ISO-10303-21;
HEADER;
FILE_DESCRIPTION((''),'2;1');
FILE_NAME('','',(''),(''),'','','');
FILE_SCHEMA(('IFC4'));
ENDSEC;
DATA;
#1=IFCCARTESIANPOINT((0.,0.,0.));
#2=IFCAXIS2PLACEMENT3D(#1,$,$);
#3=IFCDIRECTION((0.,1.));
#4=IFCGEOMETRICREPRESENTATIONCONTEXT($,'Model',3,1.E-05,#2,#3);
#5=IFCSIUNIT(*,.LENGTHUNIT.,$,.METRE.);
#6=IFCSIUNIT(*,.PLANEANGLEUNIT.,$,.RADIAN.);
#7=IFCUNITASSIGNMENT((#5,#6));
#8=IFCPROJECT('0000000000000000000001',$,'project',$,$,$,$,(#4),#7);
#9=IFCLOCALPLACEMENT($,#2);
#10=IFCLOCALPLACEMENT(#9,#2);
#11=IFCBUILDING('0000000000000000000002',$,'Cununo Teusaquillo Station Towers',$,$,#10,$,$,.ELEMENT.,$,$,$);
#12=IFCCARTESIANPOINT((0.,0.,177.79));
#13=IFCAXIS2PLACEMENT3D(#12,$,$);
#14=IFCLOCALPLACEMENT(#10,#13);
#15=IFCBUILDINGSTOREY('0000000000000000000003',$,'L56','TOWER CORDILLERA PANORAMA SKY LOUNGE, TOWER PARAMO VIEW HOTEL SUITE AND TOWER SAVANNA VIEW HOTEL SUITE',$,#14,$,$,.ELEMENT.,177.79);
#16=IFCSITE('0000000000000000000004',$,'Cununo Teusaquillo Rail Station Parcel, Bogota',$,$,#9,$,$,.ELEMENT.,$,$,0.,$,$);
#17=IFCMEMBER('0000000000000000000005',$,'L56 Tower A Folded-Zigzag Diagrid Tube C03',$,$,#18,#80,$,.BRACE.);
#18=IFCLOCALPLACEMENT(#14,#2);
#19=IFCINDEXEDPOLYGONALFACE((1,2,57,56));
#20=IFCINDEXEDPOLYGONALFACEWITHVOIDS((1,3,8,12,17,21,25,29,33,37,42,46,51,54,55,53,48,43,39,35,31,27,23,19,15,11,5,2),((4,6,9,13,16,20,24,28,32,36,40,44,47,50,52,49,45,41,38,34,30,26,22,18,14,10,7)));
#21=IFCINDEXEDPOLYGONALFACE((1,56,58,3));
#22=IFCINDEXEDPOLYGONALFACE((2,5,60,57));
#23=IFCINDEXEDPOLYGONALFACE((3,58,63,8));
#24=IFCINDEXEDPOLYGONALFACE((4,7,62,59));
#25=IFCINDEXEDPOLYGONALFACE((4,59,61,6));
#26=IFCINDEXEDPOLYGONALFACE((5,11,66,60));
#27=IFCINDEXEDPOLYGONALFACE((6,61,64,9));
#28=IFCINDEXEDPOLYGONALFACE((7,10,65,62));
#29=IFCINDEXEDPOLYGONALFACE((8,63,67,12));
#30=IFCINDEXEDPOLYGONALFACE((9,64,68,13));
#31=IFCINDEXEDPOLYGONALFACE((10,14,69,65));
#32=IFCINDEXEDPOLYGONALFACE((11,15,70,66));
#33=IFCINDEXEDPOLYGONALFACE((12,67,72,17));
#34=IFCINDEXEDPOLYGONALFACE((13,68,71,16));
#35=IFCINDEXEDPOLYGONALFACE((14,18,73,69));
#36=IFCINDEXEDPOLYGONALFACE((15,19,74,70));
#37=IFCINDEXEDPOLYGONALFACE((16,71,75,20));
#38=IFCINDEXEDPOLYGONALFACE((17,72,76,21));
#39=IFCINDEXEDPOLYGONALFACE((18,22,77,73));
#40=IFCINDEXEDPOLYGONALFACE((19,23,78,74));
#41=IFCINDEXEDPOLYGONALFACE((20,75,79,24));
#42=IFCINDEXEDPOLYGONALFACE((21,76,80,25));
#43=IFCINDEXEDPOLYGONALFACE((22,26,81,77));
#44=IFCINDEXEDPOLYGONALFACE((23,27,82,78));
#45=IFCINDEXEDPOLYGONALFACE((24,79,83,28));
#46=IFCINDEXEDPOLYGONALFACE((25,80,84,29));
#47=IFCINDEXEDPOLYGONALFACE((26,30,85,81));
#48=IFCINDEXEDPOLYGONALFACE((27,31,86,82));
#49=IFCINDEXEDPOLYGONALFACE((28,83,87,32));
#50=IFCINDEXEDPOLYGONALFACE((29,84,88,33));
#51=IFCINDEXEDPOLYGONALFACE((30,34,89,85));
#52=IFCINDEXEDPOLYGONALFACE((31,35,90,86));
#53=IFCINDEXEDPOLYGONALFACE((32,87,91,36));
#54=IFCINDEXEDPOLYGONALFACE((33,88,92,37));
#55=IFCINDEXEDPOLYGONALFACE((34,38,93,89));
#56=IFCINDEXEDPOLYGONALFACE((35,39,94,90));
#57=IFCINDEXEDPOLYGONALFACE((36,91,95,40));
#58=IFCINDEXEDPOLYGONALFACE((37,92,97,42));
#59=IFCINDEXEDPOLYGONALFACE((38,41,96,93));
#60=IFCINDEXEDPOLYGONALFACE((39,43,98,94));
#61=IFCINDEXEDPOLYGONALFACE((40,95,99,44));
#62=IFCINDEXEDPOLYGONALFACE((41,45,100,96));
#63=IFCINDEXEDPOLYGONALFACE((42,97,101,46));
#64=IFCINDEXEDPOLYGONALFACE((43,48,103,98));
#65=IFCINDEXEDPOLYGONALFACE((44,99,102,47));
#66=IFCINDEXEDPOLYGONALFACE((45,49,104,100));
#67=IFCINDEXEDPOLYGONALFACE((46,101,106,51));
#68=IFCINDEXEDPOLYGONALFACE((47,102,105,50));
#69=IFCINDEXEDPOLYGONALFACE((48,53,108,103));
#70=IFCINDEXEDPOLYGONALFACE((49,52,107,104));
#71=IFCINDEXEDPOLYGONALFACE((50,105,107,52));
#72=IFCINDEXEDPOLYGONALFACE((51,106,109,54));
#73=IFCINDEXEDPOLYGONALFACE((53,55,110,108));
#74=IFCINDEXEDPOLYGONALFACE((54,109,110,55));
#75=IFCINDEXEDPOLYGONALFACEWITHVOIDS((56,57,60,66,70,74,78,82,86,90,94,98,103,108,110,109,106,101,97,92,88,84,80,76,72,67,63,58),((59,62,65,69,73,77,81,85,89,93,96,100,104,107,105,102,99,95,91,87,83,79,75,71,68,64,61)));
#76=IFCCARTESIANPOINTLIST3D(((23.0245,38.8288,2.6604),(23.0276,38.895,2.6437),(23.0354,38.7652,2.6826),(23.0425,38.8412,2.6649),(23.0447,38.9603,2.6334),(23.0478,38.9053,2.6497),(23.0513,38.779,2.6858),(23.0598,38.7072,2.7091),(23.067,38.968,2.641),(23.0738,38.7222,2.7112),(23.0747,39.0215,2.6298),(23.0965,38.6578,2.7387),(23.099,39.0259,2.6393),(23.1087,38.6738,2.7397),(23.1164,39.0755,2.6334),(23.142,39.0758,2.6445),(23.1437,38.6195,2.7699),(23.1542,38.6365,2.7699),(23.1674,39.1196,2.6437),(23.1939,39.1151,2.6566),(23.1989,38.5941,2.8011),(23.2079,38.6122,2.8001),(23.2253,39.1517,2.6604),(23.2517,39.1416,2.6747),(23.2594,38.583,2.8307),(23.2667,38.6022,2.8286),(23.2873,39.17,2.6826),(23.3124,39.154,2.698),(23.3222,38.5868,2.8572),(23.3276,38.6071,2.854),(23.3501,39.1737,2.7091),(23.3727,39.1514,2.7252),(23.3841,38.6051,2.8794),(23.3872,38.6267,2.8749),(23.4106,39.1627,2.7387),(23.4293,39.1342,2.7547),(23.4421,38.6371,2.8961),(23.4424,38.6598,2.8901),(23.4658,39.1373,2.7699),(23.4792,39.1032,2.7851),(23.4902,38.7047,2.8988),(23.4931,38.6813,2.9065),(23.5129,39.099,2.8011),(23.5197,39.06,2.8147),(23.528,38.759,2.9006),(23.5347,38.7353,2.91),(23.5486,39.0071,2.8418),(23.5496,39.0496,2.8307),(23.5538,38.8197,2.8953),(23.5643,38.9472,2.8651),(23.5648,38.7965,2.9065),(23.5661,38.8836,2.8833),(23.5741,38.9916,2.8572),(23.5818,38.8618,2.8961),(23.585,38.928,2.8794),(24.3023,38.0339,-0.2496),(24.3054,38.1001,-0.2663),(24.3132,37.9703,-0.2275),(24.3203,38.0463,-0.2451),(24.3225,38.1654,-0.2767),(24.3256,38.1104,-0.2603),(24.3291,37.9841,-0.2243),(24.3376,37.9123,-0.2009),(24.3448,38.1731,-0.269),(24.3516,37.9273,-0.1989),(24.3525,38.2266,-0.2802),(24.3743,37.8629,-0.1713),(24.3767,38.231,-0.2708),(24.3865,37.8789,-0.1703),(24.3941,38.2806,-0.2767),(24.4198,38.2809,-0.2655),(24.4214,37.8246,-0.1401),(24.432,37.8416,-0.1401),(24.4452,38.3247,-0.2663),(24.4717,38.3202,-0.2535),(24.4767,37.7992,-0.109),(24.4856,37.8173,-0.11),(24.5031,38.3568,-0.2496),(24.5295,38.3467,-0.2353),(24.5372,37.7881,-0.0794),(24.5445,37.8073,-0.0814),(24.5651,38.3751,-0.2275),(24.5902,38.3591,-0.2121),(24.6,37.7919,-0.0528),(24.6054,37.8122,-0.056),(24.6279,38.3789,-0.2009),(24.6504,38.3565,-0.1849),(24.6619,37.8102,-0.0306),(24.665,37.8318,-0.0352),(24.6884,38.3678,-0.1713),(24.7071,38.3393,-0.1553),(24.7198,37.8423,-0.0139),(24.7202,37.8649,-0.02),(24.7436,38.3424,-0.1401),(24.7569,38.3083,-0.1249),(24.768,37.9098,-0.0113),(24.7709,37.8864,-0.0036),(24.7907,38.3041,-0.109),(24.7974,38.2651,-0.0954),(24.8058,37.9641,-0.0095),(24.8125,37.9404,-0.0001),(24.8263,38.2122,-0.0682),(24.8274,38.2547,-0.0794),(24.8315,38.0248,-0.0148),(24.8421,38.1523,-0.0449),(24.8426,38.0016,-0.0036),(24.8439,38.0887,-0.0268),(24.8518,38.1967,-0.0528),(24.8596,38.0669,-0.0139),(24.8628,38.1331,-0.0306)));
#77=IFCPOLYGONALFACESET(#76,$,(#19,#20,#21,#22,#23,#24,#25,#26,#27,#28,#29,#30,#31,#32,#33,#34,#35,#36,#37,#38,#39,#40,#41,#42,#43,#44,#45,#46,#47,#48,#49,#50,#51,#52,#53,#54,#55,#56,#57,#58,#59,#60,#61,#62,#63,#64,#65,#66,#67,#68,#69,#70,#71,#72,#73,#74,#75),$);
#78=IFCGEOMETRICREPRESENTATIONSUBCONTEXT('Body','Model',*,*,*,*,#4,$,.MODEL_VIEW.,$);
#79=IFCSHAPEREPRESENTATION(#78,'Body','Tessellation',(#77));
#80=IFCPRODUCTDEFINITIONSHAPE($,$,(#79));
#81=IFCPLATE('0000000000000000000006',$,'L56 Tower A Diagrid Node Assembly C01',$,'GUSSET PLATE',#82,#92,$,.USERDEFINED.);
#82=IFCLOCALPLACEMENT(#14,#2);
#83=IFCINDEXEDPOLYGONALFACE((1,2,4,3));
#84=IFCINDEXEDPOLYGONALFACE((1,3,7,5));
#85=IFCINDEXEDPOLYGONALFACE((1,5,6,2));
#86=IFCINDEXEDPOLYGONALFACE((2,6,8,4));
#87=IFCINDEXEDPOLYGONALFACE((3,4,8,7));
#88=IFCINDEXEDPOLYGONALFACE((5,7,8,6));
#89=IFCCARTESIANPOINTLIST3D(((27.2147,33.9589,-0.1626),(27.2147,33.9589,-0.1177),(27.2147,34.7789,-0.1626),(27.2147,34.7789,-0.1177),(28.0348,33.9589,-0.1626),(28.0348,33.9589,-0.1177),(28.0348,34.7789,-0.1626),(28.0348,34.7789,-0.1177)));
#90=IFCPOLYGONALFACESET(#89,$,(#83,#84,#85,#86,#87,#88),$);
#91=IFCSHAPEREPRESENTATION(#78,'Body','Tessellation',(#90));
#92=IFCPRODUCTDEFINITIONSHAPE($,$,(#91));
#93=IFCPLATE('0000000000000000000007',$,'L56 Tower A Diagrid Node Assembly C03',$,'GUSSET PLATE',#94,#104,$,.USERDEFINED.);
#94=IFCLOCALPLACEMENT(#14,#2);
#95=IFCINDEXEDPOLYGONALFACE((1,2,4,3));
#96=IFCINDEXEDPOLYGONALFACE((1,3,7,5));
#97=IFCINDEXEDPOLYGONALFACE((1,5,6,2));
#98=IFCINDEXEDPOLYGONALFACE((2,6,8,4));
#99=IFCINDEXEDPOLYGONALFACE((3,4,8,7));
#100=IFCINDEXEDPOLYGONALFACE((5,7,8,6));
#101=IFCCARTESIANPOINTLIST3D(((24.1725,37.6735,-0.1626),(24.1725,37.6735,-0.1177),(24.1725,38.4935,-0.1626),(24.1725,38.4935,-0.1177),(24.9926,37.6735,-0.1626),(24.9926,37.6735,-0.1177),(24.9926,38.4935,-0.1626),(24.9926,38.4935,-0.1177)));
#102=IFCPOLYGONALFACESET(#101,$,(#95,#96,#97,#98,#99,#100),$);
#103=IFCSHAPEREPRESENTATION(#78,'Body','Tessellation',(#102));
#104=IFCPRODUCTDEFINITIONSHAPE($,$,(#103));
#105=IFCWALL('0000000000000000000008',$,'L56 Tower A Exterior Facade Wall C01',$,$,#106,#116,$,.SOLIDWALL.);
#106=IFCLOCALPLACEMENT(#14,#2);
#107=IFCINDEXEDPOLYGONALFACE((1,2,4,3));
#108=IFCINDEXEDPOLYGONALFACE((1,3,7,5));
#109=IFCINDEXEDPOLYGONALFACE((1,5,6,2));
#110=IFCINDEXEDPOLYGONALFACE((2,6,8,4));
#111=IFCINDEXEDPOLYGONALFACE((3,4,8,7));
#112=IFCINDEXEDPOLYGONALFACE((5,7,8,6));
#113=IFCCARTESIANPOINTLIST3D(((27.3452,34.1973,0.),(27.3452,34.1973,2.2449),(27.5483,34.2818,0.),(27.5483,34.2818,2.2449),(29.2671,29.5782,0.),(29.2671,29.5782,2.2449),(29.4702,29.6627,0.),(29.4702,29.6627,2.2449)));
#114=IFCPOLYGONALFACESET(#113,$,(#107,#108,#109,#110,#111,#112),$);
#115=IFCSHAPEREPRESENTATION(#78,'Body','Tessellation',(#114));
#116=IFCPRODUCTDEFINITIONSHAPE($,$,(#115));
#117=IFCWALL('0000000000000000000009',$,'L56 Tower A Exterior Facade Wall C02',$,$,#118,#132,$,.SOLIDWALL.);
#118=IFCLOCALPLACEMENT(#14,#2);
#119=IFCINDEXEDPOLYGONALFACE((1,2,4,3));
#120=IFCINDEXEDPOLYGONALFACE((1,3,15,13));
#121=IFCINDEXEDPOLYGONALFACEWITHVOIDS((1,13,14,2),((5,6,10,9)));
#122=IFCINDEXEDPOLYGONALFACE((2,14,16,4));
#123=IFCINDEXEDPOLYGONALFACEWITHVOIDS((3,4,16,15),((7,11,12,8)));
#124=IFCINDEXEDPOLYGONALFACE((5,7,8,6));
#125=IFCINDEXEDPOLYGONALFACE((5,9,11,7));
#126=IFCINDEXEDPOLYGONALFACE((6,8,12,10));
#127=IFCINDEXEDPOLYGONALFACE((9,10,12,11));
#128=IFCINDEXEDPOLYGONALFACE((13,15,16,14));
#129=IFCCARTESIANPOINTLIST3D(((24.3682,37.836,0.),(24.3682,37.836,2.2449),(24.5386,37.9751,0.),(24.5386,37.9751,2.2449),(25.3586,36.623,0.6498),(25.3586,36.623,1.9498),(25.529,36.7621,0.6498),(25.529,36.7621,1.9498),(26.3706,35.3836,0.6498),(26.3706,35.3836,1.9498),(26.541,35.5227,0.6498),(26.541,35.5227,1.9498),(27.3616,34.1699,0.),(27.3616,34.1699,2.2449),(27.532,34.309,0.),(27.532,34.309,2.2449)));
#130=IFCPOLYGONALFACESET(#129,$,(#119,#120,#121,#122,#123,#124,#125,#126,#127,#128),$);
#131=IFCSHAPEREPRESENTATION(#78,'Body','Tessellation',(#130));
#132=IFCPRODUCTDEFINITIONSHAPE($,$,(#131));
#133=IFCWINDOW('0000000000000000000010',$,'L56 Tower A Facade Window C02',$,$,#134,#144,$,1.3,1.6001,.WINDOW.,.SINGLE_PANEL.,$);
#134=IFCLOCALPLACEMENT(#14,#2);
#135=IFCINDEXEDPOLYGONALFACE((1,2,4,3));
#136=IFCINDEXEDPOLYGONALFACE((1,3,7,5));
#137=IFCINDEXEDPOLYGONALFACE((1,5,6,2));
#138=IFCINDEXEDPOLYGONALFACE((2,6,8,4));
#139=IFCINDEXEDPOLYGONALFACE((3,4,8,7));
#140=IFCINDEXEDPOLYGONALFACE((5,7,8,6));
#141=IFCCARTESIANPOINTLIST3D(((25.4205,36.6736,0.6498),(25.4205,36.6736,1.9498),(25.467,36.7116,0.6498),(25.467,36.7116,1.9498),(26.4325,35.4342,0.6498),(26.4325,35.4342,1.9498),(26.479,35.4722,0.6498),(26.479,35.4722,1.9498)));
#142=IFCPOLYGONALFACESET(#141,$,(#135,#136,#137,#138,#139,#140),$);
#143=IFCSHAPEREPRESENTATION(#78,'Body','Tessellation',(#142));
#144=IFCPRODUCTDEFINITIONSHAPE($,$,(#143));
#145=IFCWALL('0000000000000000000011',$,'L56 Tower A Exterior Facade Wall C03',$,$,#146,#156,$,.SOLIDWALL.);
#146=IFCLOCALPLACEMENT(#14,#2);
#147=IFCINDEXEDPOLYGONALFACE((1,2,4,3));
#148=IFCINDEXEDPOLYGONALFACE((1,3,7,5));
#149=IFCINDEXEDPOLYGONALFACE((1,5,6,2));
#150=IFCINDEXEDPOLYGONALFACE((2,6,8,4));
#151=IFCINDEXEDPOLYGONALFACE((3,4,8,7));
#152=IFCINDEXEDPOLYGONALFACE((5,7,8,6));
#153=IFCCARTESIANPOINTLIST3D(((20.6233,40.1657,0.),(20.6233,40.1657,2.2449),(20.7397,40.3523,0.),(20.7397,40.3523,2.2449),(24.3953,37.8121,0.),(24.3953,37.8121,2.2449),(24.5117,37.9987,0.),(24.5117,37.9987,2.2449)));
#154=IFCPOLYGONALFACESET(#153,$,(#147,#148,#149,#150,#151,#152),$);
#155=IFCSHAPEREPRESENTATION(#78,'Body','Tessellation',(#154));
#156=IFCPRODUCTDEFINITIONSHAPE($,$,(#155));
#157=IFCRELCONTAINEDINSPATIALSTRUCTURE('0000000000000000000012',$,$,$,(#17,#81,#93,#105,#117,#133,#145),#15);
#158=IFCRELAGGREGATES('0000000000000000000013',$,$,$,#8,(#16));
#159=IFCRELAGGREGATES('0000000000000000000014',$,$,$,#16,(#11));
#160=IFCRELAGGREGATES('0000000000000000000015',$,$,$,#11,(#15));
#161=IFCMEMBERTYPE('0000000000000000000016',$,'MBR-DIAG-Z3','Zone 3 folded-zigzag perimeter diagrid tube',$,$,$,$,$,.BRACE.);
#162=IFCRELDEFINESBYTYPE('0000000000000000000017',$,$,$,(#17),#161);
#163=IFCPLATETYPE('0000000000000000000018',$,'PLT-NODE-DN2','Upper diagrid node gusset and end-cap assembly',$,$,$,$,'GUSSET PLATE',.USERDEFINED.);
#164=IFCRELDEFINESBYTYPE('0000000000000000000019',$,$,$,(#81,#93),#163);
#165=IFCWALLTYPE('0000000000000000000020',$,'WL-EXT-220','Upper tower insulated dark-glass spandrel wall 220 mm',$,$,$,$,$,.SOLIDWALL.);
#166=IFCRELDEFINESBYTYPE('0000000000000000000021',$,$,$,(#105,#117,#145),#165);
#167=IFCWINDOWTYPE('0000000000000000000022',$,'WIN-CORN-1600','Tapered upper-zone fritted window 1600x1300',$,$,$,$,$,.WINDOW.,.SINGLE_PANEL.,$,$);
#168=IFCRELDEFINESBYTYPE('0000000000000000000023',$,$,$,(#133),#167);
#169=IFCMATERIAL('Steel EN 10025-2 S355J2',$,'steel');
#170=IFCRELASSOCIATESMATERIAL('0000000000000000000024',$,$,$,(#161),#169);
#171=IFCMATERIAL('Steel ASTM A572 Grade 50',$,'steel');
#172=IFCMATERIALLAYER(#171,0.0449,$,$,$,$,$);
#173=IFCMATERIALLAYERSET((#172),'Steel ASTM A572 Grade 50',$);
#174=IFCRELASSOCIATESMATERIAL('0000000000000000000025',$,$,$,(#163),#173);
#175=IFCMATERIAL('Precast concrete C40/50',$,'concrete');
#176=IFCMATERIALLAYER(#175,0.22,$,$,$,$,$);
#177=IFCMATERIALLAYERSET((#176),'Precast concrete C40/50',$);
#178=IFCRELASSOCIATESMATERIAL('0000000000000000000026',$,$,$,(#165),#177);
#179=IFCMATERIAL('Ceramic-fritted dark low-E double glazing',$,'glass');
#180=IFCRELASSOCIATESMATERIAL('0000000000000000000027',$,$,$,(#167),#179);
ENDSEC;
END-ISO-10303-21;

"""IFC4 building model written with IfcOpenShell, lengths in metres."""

from ifc_helpers import new_model, si_unit, direction, frame, frame_2d, origin, origin_2d, place, context, subcontext, project, spatial, rectangle, hollow_circle, extrude, source, transform, mapped, material, layer, layer_set, material_profile, profile_set, type_object, element, fill, save


model = new_model("IFC4")

# Units and contexts
model_context = context("Model", 3, precision=1e-05, world=origin(), true_north=direction((0.0, 1.0)))
body_context = subcontext(model_context, "Body", "Model", "MODEL_VIEW")
ifc_project = project(units=[si_unit("LENGTHUNIT", "METRE"), si_unit("PLANEANGLEUNIT", "RADIAN")], contexts=[model_context])

# Site, building, storey
site_placement = place(None, origin())
site = spatial("IfcSite", under=ifc_project, at=site_placement, Name="Cununo Teusaquillo Rail Station Parcel, Bogota", CompositionType="ELEMENT", RefElevation=0.0)
building_placement = place(site_placement, origin())
building = spatial("IfcBuilding", under=site, at=building_placement, Name="Cununo Teusaquillo Station Towers", CompositionType="ELEMENT")
storey_placement = place(building_placement, frame((0.0, 0.0, 177.79)))
storey = spatial("IfcBuildingStorey", under=building, at=storey_placement, Name="L56", Description="TOWER CORDILLERA PANORAMA SKY LOUNGE, TOWER PARAMO VIEW HOTEL SUITE AND TOWER SAVANNA VIEW HOTEL SUITE", CompositionType="ELEMENT", Elevation=177.79)

# Member
ifc_material_1 = material(Name="Steel EN 10025-2 S355J2", Category="steel")
ifc_material_profile_1 = material_profile(ifc_material_1, hollow_circle(Radius=0.3049, WallThickness=0.02, at=origin_2d()), Name="CHS 610x20")
ifc_profile_set_1 = profile_set([ifc_material_profile_1], Name="Steel EN 10025-2 S355J2")
member_type = type_object("IfcMemberType", Name="MBR-DIAG-Z3", Description="Zone 3 folded-zigzag perimeter diagrid tube", PredefinedType="BRACE", material=ifc_profile_set_1)
member_1_placement = place(storey_placement, frame((24.5825, 38.0835, -0.1401), z_axis=(-0.39003, 0.242632, 0.88826), x_axis=(-0.528219, -0.849108, 0.0)))
element("IfcMember", 1, at=member_1_placement, inside=storey, type_object=member_type, Name="L56 Tower A Folded-Zigzag Diagrid Tube C03", PredefinedType="BRACE", context=body_context, shape_type="SweptSolid", body=[
    extrude(hollow_circle(Radius=0.3049, WallThickness=0.02, at=origin_2d()), origin(), (0.0, 0.0, 1.0), 3.2761),
])

# Plates
ifc_material_2 = material(Name="Steel ASTM A572 Grade 50", Category="steel")
ifc_layer_1 = layer(ifc_material_2, 0.0449)
ifc_layer_set_1 = layer_set([ifc_layer_1], Name="Steel ASTM A572 Grade 50")
plate_type = type_object("IfcPlateType", Name="PLT-NODE-DN2", Description="Upper diagrid node gusset and end-cap assembly", ElementType="GUSSET PLATE", PredefinedType="USERDEFINED", material=ifc_layer_set_1)
shared_shape_1 = source(origin(), body_context, "Body", "SweptSolid", [
    extrude(rectangle(XDim=0.8201, YDim=0.8201, at=origin_2d()), origin(), (0.0, 0.0, 1.0), 0.0449),
])
for number, where, z_axis, x_axis, name in (
    (2, (27.6248, 34.3689, -0.1626), (0.0, 0.0, 1.0), (1.0, 0.0, 0.0), "L56 Tower A Diagrid Node Assembly C01"),
    (3, (24.5825, 38.0835, -0.1626), (0.0, 0.0, 1.0), (1.0, 0.0, 0.0), "L56 Tower A Diagrid Node Assembly C03"),
):
    element("IfcPlate", number, at=place(storey_placement, frame(where, z_axis=z_axis, x_axis=x_axis)), inside=storey, type_object=plate_type, Name=name, ObjectType="GUSSET PLATE", PredefinedType="USERDEFINED", context=body_context, shape_type="MappedRepresentation", body=[
        mapped(shared_shape_1, transform((0.0, 0.0, 0.0), x_axis=(1.0, 0.0, 0.0), y_axis=(0.0, 1.0, 0.0), z_axis=(0.0, 0.0, 1.0), scale=1.0)),
    ])

# Wall
ifc_material_3 = material(Name="Precast concrete C40/50", Category="concrete")
ifc_layer_2 = layer(ifc_material_3, 0.22)
ifc_layer_set_2 = layer_set([ifc_layer_2], Name="Precast concrete C40/50")
wall_type_1 = type_object("IfcWallType", Name="WL-EXT-220", Description="Upper tower insulated dark-glass spandrel wall 220 mm", PredefinedType="SOLIDWALL", material=ifc_layer_set_2)
wall_1_placement = place(storey_placement, frame((27.4468, 34.2395, 0.0), z_axis=(0.0, 0.0, 1.0), x_axis=(0.384144, -0.923273, 0.0)))
element("IfcWall", 4, at=wall_1_placement, inside=storey, type_object=wall_type_1, Name="L56 Tower A Exterior Facade Wall C01", PredefinedType="SOLIDWALL", context=body_context, shape_type="SweptSolid", body=[
    extrude(rectangle(XDim=5.0029, YDim=0.22, at=frame_2d((2.5015, 0.0))), origin(), (0.0, 0.0, 1.0), 2.2449),
])

# Wall, opening, window
wall_2_placement = place(storey_placement, frame((24.4534, 37.9055, 0.0), z_axis=(0.0, 0.0, 1.0), x_axis=(0.632471, -0.774584, 0.0)))
wall_2 = element("IfcWall", 5, at=wall_2_placement, inside=storey, type_object=wall_type_1, Name="L56 Tower A Exterior Facade Wall C02", PredefinedType="SOLIDWALL", context=body_context, shape_type="SweptSolid", body=[
    extrude(rectangle(XDim=4.7329, YDim=0.22, at=frame_2d((2.3665, 0.0))), origin(), (0.0, 0.0, 1.0), 2.2449),
])
shared_shape_2 = source(origin(), body_context, "Body", "SweptSolid", [
    extrude(rectangle(XDim=1.6001, YDim=1.3, at=frame_2d((0.8, 0.6499))), frame((0.0, 0.1199, 0.0), z_axis=(0.0, -1.0, 0.0), x_axis=(1.0, 0.0, 0.0)), (0.0, 0.0, 1.0), 0.24),
])
opening_1_placement = place(wall_2_placement, frame((1.5659, 0.0, 0.6499)))
opening_1 = element("IfcOpeningElement", 6, at=opening_1_placement, cuts=wall_2, PredefinedType="OPENING", context=body_context, shape_type="MappedRepresentation", body=[
    mapped(shared_shape_2, transform((0.0, 0.0, 0.0), x_axis=(1.0, 0.0, 0.0), y_axis=(0.0, 1.0, 0.0), z_axis=(0.0, 0.0, 1.0), scale=1.0)),
])
ifc_material_4 = material(Name="Ceramic-fritted dark low-E double glazing", Category="glass")
window_type = type_object("IfcWindowType", Name="WIN-CORN-1600", Description="Tapered upper-zone fritted window 1600x1300", PartitioningType="SINGLE_PANEL", PredefinedType="WINDOW", material=ifc_material_4)
shared_shape_3 = source(origin(), body_context, "Body", "SweptSolid", [
    extrude(rectangle(XDim=1.6001, YDim=1.3, at=frame_2d((0.8, 0.6499))), frame((0.0, 0.03, 0.0), z_axis=(0.0, -1.0, 0.0), x_axis=(1.0, 0.0, 0.0)), (0.0, 0.0, 1.0), 0.0601),
])
window_placement = place(opening_1_placement, origin())
window = element("IfcWindow", 7, at=window_placement, inside=storey, type_object=window_type, Name="L56 Tower A Facade Window C02", OverallHeight=1.3, OverallWidth=1.6001, PartitioningType="SINGLE_PANEL", PredefinedType="WINDOW", context=body_context, shape_type="MappedRepresentation", body=[
    mapped(shared_shape_3, transform((0.0, 0.0, 0.0), x_axis=(1.0, 0.0, 0.0), y_axis=(0.0, 1.0, 0.0), z_axis=(0.0, 0.0, 1.0), scale=1.0)),
])
fill(opening_1, window)

# Wall
wall_3_placement = place(storey_placement, frame((20.6814, 40.259, 0.0), z_axis=(0.0, 0.0, 1.0), x_axis=(0.848399, -0.529357, 0.0)))
element("IfcWall", 8, at=wall_3_placement, inside=storey, type_object=wall_type_1, Name="L56 Tower A Exterior Facade Wall C03", PredefinedType="SOLIDWALL", context=body_context, shape_type="SweptSolid", body=[
    extrude(rectangle(XDim=4.446, YDim=0.22, at=frame_2d((2.2231, 0.0))), origin(), (0.0, 0.0, 1.0), 2.2449),
])

save(model, "model.ifc")
